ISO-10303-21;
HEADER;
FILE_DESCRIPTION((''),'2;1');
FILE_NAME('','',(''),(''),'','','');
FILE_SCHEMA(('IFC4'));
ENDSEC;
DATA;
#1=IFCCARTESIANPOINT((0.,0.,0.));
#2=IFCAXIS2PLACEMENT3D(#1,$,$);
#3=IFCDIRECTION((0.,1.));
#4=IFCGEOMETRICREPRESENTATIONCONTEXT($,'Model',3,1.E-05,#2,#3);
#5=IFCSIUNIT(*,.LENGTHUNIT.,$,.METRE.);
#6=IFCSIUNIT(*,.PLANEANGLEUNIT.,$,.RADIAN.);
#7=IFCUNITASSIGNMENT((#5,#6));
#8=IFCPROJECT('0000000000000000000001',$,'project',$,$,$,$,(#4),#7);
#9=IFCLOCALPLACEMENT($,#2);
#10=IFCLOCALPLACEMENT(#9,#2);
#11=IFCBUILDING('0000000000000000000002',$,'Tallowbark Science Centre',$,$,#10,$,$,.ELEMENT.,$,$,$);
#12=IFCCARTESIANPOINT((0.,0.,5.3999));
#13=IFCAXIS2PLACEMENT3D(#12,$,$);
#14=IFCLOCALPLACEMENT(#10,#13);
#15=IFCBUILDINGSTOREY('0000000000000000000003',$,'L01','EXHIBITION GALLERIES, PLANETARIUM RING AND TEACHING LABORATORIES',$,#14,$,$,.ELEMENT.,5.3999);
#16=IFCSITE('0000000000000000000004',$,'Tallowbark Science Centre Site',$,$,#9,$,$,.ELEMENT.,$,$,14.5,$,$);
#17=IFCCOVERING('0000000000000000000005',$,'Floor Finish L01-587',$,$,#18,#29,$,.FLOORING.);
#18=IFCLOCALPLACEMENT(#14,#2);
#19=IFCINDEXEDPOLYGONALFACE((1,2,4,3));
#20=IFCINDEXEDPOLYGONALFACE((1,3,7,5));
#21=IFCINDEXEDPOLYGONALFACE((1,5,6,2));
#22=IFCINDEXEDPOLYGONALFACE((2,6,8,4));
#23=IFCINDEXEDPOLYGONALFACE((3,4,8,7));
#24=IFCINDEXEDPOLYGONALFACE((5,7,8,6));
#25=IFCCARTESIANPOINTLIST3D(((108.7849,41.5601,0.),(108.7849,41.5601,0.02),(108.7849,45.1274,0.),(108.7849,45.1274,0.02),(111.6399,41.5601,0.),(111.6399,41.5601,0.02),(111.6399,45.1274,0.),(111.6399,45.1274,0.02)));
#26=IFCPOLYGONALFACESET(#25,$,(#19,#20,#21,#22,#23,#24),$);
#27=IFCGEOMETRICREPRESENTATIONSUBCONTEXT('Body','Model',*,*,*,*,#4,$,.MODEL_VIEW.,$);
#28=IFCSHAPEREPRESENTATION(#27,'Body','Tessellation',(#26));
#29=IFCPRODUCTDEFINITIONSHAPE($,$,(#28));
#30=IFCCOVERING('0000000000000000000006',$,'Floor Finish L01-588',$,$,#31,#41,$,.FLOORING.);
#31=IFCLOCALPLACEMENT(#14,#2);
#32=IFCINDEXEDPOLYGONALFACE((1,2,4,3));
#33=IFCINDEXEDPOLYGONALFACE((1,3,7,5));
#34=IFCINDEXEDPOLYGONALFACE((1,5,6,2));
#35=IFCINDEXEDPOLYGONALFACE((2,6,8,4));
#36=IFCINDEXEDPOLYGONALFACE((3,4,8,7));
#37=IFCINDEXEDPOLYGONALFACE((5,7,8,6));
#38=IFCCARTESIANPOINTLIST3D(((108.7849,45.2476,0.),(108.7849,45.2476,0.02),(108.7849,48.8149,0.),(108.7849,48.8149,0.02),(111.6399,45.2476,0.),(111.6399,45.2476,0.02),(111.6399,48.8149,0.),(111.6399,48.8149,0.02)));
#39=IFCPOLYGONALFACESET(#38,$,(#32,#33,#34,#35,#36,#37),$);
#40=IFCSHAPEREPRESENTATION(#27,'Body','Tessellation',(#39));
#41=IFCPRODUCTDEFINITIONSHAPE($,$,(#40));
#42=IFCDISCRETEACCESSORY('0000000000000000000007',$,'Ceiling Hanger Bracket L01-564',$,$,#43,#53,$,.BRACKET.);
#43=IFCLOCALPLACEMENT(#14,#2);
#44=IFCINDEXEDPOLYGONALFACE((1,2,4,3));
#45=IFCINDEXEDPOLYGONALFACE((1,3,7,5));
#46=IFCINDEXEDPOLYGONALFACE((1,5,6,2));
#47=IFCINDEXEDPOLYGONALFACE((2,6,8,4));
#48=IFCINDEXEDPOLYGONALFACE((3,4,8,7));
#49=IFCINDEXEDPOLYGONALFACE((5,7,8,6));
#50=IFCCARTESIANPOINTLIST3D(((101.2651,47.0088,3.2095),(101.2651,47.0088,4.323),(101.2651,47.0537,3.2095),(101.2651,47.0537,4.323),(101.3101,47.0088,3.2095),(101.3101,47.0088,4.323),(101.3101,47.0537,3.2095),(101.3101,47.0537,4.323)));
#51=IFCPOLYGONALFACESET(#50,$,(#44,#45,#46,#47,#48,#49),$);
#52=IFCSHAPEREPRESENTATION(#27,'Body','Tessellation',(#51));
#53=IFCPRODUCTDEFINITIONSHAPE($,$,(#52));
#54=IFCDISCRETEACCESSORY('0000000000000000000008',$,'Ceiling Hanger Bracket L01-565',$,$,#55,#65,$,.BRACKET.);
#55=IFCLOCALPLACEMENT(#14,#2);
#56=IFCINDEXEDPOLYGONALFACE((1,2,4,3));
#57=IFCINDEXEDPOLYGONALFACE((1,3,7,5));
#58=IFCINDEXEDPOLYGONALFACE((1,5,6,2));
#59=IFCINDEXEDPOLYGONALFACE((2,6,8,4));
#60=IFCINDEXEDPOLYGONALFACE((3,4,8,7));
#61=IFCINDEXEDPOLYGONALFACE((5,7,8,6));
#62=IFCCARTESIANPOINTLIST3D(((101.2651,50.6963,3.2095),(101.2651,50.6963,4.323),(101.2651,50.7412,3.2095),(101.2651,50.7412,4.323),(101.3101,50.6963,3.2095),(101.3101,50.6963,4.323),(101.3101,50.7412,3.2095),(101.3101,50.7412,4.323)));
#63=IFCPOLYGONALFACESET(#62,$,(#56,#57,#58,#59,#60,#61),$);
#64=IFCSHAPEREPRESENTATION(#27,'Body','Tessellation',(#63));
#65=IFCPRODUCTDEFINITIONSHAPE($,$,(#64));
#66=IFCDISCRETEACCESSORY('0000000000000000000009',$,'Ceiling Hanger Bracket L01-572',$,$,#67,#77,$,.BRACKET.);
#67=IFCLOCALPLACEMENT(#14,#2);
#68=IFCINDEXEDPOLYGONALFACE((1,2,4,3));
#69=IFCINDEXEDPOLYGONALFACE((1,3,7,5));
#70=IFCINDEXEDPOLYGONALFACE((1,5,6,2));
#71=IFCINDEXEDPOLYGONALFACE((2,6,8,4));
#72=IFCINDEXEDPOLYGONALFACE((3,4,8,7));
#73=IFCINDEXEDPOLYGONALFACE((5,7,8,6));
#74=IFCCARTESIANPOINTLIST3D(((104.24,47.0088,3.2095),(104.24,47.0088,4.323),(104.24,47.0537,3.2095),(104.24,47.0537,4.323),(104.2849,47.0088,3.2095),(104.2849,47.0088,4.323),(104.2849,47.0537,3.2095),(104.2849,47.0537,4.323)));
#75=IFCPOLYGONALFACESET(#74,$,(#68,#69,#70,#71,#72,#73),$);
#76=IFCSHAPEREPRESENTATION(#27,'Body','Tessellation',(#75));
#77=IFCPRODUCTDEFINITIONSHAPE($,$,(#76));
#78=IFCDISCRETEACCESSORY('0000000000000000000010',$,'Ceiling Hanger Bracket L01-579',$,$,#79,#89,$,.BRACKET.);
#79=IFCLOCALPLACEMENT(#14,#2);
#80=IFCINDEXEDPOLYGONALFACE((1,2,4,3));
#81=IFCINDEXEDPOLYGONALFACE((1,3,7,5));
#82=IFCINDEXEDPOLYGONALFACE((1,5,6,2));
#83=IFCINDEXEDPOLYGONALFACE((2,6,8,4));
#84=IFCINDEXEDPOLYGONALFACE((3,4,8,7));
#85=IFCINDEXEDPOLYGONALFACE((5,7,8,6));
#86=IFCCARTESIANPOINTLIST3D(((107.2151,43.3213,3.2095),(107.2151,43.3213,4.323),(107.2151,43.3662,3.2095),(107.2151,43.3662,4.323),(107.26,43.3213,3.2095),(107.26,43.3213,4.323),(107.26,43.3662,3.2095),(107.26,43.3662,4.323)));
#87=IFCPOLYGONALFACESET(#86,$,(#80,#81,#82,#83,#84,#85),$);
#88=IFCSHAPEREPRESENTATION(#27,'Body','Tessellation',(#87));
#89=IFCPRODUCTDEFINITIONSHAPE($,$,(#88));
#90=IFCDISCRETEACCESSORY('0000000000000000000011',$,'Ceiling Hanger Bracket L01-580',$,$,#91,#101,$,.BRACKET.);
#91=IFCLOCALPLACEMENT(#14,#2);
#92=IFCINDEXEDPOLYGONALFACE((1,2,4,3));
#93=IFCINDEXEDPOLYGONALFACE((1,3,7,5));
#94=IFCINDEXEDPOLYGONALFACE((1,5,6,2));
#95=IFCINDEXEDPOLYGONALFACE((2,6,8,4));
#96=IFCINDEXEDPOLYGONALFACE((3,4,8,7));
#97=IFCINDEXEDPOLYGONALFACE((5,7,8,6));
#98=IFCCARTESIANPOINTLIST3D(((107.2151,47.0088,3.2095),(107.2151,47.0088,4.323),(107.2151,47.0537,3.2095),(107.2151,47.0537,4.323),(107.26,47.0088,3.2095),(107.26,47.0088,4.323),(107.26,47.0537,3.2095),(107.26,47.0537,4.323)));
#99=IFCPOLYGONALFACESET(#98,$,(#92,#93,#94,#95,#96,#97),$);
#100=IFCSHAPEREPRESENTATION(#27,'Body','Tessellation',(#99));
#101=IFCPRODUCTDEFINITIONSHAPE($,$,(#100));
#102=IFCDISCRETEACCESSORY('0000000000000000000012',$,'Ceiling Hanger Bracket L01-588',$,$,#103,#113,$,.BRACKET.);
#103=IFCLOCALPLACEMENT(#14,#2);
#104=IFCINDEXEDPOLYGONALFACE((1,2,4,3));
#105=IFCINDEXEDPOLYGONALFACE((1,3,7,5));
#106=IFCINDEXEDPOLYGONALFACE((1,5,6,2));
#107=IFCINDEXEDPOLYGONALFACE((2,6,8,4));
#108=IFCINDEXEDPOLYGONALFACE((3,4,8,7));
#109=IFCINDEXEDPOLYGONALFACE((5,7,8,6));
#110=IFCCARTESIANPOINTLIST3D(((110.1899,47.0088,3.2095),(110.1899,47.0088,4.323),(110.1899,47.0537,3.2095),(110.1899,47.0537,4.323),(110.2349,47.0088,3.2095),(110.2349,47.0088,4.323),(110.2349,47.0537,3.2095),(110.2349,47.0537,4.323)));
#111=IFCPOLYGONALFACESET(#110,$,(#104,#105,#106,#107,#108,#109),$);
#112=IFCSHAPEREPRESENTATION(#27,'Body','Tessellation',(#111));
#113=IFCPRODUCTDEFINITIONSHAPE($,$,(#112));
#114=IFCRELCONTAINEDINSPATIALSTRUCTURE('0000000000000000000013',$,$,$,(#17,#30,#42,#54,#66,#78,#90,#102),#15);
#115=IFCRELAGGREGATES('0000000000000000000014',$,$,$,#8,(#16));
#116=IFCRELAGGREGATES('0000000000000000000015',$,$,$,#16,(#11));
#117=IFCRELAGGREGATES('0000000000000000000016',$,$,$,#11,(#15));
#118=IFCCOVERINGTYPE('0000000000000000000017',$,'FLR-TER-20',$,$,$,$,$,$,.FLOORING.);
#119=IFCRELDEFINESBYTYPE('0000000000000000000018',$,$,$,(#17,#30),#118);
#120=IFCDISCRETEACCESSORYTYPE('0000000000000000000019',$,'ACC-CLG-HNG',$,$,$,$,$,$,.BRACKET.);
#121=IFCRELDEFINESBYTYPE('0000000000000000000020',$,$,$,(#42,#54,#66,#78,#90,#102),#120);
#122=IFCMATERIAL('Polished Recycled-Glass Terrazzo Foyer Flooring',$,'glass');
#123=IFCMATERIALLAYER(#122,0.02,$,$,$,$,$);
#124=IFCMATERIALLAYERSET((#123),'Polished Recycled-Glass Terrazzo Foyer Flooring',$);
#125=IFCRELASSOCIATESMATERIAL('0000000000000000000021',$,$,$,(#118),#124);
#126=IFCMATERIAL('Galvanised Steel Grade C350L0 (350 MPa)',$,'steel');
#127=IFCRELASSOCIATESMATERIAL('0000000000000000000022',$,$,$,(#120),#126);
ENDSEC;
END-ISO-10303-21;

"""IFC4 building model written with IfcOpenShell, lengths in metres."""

from ifc_helpers import new_model, si_unit, direction, frame, origin, origin_2d, place, context, subcontext, project, spatial, rectangle, extrude, material, layer, layer_set, type_object, element, save


model = new_model("IFC4")

# Units and contexts
model_context = context("Model", 3, precision=1e-05, world=origin(), true_north=direction((0.0, 1.0)))
body_context = subcontext(model_context, "Body", "Model", "MODEL_VIEW")
ifc_project = project(units=[si_unit("LENGTHUNIT", "METRE"), si_unit("PLANEANGLEUNIT", "RADIAN")], contexts=[model_context])

# Site, building, storey
site_placement = place(None, origin())
site = spatial("IfcSite", under=ifc_project, at=site_placement, Name="Tallowbark Science Centre Site", CompositionType="ELEMENT", RefElevation=14.5)
building_placement = place(site_placement, origin())
building = spatial("IfcBuilding", under=site, at=building_placement, Name="Tallowbark Science Centre", CompositionType="ELEMENT")
storey_placement = place(building_placement, frame((0.0, 0.0, 5.3999)))
storey = spatial("IfcBuildingStorey", under=building, at=storey_placement, Name="L01", Description="EXHIBITION GALLERIES, PLANETARIUM RING AND TEACHING LABORATORIES", CompositionType="ELEMENT", Elevation=5.3999)

# Coverings
ifc_material_1 = material(Name="Polished Recycled-Glass Terrazzo Foyer Flooring", Category="glass")
ifc_layer_1 = layer(ifc_material_1, 0.02)
ifc_layer_set_1 = layer_set([ifc_layer_1], Name="Polished Recycled-Glass Terrazzo Foyer Flooring")
covering_type_1 = type_object("IfcCoveringType", Name="FLR-TER-20", PredefinedType="FLOORING", material=ifc_layer_set_1)
for number, where, z_axis, x_axis, name in (
    (1, (110.2124, 43.3438, 0.0), (0.0, 0.0, 1.0), (1.0, 0.0, 0.0), "Floor Finish L01-587"),
    (2, (110.2124, 47.0312, 0.0), (0.0, 0.0, 1.0), (1.0, 0.0, 0.0), "Floor Finish L01-588"),
):
    element("IfcCovering", number, at=place(storey_placement, frame(where, z_axis=z_axis, x_axis=x_axis)), inside=storey, type_object=covering_type_1, Name=name, PredefinedType="FLOORING", context=body_context, shape_type="SweptSolid", body=[
        extrude(rectangle(XDim=2.855, YDim=3.5674, at=origin_2d()), origin(), (0.0, 0.0, 1.0), 0.02),
    ])

# Discrete accessories
ifc_material_2 = material(Name="Galvanised Steel Grade C350L0 (350 MPa)", Category="steel")
discrete_accessory_type = type_object("IfcDiscreteAccessoryType", Name="ACC-CLG-HNG", PredefinedType="BRACKET", material=ifc_material_2)
for number, where, z_axis, x_axis, name in (
    (3, (101.2876, 47.0312, 3.2095), (0.0, 0.0, 1.0), (1.0, 0.0, 0.0), "Ceiling Hanger Bracket L01-564"),
    (4, (101.2876, 50.7188, 3.2095), (0.0, 0.0, 1.0), (1.0, 0.0, 0.0), "Ceiling Hanger Bracket L01-565"),
    (5, (104.2625, 47.0312, 3.2095), (0.0, 0.0, 1.0), (1.0, 0.0, 0.0), "Ceiling Hanger Bracket L01-572"),
    (6, (107.2375, 43.3438, 3.2095), (0.0, 0.0, 1.0), (1.0, 0.0, 0.0), "Ceiling Hanger Bracket L01-579"),
    (7, (107.2375, 47.0312, 3.2095), (0.0, 0.0, 1.0), (1.0, 0.0, 0.0), "Ceiling Hanger Bracket L01-580"),
    (8, (110.2124, 47.0312, 3.2095), (0.0, 0.0, 1.0), (1.0, 0.0, 0.0), "Ceiling Hanger Bracket L01-588"),
):
    element("IfcDiscreteAccessory", number, at=place(storey_placement, frame(where, z_axis=z_axis, x_axis=x_axis)), inside=storey, type_object=discrete_accessory_type, Name=name, PredefinedType="BRACKET", context=body_context, shape_type="SweptSolid", body=[
        extrude(rectangle(XDim=0.0449, YDim=0.0449, at=origin_2d()), origin(), (0.0, 0.0, 1.0), 1.1135),
    ])

save(model, "model.ifc")
